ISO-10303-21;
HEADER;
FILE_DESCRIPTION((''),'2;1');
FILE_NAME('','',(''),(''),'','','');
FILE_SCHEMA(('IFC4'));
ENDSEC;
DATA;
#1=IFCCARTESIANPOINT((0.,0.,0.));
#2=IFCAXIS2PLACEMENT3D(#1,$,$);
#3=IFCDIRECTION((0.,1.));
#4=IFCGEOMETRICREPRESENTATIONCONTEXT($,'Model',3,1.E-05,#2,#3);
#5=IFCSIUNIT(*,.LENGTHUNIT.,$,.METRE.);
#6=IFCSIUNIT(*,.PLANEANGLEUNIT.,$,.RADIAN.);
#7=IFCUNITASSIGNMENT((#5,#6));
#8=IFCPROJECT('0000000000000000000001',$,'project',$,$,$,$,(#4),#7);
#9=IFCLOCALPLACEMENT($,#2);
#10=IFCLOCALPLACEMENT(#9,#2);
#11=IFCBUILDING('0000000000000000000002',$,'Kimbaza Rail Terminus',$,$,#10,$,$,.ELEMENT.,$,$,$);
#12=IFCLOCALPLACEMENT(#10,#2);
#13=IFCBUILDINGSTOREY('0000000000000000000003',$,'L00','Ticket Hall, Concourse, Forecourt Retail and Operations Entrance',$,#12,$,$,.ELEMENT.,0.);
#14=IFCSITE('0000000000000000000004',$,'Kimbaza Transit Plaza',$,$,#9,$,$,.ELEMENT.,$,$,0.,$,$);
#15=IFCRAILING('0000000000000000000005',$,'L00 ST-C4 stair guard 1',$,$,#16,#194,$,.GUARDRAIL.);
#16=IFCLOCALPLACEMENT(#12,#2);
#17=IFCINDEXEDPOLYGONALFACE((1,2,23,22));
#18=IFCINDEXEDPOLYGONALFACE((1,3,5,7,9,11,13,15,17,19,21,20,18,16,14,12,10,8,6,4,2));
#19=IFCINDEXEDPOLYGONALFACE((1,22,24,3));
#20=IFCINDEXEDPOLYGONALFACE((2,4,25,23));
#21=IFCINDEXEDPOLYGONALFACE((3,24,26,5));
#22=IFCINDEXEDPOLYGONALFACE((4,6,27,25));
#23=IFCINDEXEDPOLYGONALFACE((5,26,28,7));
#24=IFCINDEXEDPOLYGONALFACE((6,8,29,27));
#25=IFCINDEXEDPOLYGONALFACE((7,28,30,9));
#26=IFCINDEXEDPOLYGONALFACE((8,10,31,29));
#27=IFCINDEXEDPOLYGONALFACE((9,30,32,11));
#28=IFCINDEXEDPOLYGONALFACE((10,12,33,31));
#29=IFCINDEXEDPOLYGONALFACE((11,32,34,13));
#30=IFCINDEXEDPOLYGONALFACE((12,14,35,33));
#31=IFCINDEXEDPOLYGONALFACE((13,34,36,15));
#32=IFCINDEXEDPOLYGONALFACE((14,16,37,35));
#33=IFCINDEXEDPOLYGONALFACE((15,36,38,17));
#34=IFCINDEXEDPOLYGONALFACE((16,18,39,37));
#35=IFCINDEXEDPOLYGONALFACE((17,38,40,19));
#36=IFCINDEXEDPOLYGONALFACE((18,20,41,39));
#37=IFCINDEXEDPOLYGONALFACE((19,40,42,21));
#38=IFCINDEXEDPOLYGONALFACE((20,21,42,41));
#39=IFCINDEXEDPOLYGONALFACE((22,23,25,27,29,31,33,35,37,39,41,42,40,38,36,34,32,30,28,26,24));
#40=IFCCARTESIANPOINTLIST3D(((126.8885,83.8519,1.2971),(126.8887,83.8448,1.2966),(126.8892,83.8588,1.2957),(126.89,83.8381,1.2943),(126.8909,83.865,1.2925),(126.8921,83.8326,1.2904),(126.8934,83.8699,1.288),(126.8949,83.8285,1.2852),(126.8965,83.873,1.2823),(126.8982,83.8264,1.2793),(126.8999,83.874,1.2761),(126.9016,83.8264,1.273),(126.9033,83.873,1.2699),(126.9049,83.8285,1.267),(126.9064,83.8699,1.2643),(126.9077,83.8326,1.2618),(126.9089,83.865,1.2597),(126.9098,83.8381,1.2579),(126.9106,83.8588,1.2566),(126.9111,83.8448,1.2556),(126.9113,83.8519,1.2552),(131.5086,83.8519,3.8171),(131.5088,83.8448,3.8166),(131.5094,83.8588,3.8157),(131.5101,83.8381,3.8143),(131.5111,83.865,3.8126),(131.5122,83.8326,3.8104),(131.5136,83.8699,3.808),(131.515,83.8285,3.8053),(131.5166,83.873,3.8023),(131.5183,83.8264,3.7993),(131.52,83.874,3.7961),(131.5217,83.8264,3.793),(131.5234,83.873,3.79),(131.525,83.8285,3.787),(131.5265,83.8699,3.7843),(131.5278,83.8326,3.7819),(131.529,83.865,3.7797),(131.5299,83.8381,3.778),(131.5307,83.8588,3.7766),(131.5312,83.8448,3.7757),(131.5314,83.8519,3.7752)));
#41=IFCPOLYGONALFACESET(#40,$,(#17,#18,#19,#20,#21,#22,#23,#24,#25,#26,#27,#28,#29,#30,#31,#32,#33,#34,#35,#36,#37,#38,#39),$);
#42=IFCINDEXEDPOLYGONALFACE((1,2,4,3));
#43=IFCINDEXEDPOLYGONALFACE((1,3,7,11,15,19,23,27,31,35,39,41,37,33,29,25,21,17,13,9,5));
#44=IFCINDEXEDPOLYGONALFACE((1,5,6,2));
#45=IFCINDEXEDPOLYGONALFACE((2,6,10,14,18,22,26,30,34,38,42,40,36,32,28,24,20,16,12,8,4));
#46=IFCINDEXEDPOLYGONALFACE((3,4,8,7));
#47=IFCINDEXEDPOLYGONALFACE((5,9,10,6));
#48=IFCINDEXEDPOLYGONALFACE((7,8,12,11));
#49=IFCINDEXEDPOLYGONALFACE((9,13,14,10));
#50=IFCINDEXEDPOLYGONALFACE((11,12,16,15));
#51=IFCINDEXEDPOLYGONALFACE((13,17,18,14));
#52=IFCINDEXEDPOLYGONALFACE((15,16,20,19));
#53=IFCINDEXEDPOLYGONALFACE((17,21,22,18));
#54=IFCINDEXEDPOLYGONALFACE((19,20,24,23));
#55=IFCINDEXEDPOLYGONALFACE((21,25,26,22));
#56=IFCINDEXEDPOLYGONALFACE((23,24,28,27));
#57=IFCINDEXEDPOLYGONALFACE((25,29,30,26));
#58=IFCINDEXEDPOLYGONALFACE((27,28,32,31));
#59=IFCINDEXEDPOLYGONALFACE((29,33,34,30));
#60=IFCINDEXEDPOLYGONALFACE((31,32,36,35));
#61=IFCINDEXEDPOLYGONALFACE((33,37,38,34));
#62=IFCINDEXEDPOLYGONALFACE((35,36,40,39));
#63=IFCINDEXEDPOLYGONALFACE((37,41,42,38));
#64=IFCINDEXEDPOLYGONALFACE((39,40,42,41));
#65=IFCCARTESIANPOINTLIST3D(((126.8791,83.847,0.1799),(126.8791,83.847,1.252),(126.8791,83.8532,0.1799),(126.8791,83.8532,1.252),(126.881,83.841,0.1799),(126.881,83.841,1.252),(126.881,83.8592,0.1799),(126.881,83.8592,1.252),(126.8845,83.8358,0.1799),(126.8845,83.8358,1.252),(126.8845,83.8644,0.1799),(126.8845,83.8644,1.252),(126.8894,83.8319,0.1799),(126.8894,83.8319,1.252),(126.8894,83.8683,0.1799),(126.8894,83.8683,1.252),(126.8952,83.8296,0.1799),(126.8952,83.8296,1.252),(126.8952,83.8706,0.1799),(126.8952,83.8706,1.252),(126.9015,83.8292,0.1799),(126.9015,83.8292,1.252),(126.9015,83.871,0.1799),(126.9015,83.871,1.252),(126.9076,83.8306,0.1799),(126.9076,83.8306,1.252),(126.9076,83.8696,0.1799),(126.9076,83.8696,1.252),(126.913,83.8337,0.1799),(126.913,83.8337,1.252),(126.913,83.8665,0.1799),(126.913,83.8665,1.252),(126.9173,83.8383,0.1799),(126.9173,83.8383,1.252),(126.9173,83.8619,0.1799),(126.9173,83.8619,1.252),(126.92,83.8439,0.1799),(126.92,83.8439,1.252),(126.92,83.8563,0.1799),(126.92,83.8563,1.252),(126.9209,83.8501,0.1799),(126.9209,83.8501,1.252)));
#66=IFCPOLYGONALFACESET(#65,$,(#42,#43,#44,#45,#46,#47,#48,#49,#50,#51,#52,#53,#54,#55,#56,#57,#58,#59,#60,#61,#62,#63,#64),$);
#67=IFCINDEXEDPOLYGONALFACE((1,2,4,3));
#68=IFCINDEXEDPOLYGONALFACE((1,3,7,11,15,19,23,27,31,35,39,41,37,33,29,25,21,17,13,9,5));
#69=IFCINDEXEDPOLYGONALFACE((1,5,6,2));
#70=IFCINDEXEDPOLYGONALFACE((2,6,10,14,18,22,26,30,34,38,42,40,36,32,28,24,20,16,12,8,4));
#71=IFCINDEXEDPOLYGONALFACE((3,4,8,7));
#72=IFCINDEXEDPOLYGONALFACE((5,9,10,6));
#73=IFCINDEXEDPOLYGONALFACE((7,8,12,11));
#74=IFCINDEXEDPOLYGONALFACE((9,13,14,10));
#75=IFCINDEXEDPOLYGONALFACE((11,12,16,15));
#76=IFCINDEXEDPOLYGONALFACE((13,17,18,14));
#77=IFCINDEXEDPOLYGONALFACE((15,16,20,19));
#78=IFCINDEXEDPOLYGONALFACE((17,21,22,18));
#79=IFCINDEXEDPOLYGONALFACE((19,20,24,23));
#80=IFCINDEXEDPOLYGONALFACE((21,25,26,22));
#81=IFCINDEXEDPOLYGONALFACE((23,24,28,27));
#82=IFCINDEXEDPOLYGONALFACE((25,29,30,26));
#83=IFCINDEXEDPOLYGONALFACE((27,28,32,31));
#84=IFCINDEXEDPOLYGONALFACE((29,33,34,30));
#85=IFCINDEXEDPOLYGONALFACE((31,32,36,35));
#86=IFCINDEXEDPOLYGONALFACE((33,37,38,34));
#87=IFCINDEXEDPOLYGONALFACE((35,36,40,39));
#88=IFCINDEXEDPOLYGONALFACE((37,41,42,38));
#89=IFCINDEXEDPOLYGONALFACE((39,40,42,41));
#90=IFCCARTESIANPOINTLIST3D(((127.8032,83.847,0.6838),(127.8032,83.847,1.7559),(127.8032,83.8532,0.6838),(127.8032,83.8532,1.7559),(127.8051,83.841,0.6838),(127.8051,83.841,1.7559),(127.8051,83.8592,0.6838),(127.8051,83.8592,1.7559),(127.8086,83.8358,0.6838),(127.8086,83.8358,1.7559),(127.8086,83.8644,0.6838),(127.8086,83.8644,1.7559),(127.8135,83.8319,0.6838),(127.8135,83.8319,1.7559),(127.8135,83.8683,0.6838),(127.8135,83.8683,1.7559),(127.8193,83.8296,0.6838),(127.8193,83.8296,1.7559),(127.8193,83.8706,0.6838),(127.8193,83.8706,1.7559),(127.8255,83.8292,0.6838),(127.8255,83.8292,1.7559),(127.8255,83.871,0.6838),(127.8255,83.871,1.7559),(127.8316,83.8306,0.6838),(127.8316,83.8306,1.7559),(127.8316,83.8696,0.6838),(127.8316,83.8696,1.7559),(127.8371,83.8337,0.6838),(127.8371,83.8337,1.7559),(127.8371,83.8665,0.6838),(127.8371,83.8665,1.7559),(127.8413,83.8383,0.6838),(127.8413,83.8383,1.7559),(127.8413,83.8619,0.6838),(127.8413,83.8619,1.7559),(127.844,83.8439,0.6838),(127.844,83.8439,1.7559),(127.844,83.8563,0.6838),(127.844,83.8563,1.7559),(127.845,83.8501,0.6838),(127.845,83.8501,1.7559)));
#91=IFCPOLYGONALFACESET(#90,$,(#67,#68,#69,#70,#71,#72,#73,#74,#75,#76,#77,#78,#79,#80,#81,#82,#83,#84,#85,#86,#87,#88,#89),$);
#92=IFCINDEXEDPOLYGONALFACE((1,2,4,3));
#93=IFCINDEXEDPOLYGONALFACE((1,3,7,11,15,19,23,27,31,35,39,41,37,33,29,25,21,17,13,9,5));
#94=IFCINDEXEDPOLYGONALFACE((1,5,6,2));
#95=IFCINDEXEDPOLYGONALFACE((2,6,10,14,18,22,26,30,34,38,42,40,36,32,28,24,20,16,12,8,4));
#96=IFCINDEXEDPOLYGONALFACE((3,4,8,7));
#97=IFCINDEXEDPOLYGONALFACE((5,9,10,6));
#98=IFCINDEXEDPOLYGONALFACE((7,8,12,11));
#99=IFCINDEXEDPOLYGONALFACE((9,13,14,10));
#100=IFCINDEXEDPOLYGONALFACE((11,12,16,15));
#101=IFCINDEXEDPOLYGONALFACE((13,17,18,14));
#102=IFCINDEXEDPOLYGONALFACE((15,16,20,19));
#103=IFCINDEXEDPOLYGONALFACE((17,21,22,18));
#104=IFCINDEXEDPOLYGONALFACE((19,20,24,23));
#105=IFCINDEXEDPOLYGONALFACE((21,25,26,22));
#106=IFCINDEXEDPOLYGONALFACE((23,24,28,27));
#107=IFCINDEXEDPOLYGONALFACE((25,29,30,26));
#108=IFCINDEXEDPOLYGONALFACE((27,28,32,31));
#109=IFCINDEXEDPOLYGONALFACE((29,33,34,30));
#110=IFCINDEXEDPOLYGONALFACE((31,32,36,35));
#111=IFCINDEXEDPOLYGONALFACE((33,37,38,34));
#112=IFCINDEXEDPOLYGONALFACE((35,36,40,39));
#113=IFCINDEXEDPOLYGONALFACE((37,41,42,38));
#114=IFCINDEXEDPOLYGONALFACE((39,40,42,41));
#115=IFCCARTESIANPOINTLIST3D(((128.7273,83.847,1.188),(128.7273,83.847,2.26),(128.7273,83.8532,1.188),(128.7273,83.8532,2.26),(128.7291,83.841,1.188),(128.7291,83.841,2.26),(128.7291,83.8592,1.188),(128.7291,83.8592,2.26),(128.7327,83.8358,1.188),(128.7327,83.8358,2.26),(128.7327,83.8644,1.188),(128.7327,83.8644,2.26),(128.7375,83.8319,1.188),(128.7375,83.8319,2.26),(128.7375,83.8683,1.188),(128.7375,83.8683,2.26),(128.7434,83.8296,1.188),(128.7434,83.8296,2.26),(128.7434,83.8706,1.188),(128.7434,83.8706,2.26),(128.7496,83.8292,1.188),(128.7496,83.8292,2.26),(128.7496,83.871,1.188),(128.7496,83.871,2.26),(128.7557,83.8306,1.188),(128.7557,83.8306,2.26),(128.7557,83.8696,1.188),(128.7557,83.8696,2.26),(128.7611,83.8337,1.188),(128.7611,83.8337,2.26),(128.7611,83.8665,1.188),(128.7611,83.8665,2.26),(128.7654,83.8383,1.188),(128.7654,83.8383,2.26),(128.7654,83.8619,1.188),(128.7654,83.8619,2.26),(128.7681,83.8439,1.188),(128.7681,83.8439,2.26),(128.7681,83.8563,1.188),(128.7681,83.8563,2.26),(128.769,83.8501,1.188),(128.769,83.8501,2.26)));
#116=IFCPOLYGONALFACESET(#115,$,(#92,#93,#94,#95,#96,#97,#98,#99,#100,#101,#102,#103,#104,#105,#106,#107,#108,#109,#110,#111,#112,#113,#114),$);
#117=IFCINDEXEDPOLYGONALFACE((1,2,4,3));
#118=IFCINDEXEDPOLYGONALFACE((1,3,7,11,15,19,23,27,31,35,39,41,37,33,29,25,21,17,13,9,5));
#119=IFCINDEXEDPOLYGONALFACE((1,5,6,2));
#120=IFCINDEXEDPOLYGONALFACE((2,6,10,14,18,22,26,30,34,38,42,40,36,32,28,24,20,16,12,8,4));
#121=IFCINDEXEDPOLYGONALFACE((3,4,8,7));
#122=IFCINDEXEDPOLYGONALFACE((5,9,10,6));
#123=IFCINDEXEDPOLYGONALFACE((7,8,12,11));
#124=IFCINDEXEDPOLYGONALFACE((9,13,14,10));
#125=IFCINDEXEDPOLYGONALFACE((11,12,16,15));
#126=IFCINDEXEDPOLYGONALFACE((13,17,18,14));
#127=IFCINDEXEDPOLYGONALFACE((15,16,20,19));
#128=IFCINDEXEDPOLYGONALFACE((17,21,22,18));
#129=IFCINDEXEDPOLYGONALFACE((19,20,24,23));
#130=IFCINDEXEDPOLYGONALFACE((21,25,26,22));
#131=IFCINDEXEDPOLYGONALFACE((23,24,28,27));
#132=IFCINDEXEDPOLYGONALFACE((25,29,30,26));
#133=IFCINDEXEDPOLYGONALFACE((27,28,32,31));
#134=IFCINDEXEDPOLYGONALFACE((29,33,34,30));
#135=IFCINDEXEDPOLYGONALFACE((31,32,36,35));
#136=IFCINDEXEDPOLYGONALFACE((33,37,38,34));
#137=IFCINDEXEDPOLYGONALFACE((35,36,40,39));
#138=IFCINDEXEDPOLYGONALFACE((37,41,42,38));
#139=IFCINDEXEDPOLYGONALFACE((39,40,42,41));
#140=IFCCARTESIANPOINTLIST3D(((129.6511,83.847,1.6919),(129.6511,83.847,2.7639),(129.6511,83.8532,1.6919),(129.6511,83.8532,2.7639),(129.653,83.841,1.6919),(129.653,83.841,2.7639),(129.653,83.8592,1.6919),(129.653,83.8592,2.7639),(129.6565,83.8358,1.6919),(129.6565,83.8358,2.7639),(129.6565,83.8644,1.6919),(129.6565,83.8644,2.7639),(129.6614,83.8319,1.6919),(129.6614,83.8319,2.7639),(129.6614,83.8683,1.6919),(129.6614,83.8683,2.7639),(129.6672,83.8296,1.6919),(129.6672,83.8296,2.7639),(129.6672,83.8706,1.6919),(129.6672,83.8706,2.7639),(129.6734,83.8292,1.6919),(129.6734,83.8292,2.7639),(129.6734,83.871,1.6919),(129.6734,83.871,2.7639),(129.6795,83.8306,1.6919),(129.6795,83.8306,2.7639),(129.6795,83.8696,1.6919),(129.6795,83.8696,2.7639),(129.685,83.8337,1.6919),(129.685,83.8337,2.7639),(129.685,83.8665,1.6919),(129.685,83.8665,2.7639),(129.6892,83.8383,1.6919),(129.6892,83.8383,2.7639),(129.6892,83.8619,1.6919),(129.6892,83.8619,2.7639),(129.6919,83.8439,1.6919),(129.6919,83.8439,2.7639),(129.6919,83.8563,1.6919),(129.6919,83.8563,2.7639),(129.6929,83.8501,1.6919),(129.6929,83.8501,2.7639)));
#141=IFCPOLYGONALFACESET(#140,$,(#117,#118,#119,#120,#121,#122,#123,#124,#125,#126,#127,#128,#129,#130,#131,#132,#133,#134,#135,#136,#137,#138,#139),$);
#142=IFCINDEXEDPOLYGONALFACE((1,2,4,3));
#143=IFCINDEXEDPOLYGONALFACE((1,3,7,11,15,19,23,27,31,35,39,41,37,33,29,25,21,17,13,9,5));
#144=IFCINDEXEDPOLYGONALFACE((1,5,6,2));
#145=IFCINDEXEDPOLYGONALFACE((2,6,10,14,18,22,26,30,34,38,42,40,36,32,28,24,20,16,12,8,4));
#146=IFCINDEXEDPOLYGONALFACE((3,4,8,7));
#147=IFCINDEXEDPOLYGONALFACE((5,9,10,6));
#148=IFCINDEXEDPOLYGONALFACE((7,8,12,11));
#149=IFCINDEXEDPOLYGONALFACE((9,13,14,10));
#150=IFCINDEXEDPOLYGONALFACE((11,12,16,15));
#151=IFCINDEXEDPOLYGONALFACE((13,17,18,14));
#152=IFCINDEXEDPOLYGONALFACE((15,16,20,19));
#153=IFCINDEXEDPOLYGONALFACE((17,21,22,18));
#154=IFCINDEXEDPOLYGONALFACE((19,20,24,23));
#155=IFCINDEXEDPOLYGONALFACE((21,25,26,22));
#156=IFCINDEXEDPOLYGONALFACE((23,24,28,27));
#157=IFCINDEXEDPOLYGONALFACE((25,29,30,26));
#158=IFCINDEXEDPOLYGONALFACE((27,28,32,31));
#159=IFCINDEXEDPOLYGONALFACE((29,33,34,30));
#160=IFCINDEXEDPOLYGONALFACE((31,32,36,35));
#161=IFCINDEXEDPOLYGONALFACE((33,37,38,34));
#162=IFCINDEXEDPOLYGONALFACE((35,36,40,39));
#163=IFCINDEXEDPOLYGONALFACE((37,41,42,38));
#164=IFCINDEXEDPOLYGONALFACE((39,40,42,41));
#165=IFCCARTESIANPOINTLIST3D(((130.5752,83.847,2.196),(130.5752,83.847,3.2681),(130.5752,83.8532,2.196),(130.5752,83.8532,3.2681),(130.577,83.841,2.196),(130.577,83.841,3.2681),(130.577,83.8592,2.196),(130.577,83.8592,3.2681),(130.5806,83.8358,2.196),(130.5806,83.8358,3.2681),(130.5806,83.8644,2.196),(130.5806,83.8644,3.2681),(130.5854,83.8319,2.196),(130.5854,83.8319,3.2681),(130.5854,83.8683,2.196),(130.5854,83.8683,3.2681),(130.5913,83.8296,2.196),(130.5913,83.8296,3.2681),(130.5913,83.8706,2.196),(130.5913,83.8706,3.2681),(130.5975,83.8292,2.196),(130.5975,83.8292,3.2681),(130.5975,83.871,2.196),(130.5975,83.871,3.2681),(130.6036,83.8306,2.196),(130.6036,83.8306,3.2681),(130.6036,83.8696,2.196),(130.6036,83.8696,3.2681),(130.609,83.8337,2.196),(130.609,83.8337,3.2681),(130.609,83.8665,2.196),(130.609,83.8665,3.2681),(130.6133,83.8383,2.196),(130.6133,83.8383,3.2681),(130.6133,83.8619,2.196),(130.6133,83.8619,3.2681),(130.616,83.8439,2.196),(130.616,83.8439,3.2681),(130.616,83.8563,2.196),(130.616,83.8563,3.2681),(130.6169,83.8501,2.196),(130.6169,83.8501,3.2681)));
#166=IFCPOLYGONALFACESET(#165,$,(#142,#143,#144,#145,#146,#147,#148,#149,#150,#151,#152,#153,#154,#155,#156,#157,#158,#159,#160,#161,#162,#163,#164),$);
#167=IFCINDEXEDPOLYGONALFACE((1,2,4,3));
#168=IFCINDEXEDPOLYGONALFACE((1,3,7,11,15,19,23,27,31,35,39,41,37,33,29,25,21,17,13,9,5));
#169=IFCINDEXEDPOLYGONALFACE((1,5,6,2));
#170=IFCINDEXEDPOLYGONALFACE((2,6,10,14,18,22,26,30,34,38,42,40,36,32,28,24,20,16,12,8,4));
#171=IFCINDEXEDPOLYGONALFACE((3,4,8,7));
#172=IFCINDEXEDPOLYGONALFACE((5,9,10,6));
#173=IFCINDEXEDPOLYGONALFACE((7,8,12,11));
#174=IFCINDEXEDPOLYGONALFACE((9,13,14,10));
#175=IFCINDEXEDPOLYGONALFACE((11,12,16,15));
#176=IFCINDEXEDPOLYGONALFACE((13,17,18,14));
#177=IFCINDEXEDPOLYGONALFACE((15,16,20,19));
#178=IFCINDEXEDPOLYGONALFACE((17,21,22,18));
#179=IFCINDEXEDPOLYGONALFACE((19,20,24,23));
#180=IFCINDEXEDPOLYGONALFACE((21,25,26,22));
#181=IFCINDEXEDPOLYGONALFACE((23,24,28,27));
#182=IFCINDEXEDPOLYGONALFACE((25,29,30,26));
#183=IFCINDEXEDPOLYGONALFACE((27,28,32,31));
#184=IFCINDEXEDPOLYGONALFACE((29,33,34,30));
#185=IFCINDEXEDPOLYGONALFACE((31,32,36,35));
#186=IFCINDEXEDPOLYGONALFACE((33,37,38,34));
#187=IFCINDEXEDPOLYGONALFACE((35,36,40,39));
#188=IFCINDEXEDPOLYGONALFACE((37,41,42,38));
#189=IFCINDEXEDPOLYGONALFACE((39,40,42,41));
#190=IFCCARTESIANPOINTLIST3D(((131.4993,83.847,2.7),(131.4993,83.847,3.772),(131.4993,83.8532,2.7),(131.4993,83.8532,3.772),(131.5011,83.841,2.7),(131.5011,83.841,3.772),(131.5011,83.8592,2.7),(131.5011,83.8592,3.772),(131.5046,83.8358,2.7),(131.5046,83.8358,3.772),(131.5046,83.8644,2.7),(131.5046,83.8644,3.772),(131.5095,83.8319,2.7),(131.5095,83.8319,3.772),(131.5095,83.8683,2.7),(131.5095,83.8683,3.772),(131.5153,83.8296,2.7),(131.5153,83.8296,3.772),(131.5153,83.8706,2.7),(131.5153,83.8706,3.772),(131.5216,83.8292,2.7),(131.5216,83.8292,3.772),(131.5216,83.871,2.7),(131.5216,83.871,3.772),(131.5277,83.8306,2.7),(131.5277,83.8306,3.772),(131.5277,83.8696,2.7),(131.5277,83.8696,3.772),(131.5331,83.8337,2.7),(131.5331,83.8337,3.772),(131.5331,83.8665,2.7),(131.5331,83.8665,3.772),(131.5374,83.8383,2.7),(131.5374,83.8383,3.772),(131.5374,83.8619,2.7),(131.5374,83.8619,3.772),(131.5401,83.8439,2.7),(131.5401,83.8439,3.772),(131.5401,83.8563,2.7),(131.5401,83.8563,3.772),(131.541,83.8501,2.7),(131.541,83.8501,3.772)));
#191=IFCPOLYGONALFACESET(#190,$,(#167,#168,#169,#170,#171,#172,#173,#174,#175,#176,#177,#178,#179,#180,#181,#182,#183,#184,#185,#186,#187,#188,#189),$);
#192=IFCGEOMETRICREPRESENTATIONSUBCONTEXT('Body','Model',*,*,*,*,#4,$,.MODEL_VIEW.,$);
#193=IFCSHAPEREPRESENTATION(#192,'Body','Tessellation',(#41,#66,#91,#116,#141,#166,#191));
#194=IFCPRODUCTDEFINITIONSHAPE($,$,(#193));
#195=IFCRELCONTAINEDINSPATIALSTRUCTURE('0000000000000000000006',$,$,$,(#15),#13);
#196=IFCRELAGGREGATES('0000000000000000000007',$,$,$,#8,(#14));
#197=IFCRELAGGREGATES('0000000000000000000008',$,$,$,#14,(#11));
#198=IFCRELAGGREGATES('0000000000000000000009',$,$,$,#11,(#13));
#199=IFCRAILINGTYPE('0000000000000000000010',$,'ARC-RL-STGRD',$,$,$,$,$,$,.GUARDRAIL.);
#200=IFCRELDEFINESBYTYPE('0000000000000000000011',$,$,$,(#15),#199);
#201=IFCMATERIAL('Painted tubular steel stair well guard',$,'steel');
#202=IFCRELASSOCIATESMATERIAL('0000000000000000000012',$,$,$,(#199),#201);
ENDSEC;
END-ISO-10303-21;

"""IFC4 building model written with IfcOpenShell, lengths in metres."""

from ifc_helpers import new_model, si_unit, direction, frame, origin, origin_2d, place, context, subcontext, project, spatial, circle, extrude, material, type_object, element, save


model = new_model("IFC4")

# Units and contexts
model_context = context("Model", 3, precision=1e-05, world=origin(), true_north=direction((0.0, 1.0)))
body_context = subcontext(model_context, "Body", "Model", "MODEL_VIEW")
ifc_project = project(units=[si_unit("LENGTHUNIT", "METRE"), si_unit("PLANEANGLEUNIT", "RADIAN")], contexts=[model_context])

# Site, building, storey
site_placement = place(None, origin())
site = spatial("IfcSite", under=ifc_project, at=site_placement, Name="Kimbaza Transit Plaza", CompositionType="ELEMENT", RefElevation=0.0)
building_placement = place(site_placement, origin())
building = spatial("IfcBuilding", under=site, at=building_placement, Name="Kimbaza Rail Terminus", CompositionType="ELEMENT")
storey_placement = place(building_placement, origin())
storey = spatial("IfcBuildingStorey", under=building, at=storey_placement, Name="L00", Description="Ticket Hall, Concourse, Forecourt Retail and Operations Entrance", CompositionType="ELEMENT", Elevation=0.0)

# Railing
ifc_material_1 = material(Name="Painted tubular steel stair well guard", Category="steel")
railing_type_1 = type_object("IfcRailingType", Name="ARC-RL-STGRD", PredefinedType="GUARDRAIL", material=ifc_material_1)
railing_1_placement = place(storey_placement, frame((126.8999, 83.8501, 0.1799)))
element("IfcRailing", 1, at=railing_1_placement, inside=storey, type_object=railing_type_1, Name="L00 ST-C4 stair guard 1", PredefinedType="GUARDRAIL", context=body_context, shape_type="SweptSolid", body=[
    extrude(circle(Radius=0.0239, at=origin_2d()), frame((0.0, 0.0, 1.0962), z_axis=(0.877899, 0.0, 0.478846), x_axis=(0.0, 1.0, 0.0)), (0.0, 0.0, 1.0), 5.2627),
    extrude(circle(Radius=0.021, at=origin_2d()), origin(), (0.0, 0.0, 1.0), 1.072),
    extrude(circle(Radius=0.021, at=origin_2d()), frame((0.9241, 0.0, 0.5039)), (0.0, 0.0, 1.0), 1.072),
    extrude(circle(Radius=0.021, at=origin_2d()), frame((1.8481, 0.0, 1.0081)), (0.0, 0.0, 1.0), 1.072),
    extrude(circle(Radius=0.021, at=origin_2d()), frame((2.772, 0.0, 1.512)), (0.0, 0.0, 1.0), 1.072),
    extrude(circle(Radius=0.021, at=origin_2d()), frame((3.696, 0.0, 2.0161)), (0.0, 0.0, 1.0), 1.072),
    extrude(circle(Radius=0.021, at=origin_2d()), frame((4.6201, 0.0, 2.52)), (0.0, 0.0, 1.0), 1.072),
])

save(model, "model.ifc")
